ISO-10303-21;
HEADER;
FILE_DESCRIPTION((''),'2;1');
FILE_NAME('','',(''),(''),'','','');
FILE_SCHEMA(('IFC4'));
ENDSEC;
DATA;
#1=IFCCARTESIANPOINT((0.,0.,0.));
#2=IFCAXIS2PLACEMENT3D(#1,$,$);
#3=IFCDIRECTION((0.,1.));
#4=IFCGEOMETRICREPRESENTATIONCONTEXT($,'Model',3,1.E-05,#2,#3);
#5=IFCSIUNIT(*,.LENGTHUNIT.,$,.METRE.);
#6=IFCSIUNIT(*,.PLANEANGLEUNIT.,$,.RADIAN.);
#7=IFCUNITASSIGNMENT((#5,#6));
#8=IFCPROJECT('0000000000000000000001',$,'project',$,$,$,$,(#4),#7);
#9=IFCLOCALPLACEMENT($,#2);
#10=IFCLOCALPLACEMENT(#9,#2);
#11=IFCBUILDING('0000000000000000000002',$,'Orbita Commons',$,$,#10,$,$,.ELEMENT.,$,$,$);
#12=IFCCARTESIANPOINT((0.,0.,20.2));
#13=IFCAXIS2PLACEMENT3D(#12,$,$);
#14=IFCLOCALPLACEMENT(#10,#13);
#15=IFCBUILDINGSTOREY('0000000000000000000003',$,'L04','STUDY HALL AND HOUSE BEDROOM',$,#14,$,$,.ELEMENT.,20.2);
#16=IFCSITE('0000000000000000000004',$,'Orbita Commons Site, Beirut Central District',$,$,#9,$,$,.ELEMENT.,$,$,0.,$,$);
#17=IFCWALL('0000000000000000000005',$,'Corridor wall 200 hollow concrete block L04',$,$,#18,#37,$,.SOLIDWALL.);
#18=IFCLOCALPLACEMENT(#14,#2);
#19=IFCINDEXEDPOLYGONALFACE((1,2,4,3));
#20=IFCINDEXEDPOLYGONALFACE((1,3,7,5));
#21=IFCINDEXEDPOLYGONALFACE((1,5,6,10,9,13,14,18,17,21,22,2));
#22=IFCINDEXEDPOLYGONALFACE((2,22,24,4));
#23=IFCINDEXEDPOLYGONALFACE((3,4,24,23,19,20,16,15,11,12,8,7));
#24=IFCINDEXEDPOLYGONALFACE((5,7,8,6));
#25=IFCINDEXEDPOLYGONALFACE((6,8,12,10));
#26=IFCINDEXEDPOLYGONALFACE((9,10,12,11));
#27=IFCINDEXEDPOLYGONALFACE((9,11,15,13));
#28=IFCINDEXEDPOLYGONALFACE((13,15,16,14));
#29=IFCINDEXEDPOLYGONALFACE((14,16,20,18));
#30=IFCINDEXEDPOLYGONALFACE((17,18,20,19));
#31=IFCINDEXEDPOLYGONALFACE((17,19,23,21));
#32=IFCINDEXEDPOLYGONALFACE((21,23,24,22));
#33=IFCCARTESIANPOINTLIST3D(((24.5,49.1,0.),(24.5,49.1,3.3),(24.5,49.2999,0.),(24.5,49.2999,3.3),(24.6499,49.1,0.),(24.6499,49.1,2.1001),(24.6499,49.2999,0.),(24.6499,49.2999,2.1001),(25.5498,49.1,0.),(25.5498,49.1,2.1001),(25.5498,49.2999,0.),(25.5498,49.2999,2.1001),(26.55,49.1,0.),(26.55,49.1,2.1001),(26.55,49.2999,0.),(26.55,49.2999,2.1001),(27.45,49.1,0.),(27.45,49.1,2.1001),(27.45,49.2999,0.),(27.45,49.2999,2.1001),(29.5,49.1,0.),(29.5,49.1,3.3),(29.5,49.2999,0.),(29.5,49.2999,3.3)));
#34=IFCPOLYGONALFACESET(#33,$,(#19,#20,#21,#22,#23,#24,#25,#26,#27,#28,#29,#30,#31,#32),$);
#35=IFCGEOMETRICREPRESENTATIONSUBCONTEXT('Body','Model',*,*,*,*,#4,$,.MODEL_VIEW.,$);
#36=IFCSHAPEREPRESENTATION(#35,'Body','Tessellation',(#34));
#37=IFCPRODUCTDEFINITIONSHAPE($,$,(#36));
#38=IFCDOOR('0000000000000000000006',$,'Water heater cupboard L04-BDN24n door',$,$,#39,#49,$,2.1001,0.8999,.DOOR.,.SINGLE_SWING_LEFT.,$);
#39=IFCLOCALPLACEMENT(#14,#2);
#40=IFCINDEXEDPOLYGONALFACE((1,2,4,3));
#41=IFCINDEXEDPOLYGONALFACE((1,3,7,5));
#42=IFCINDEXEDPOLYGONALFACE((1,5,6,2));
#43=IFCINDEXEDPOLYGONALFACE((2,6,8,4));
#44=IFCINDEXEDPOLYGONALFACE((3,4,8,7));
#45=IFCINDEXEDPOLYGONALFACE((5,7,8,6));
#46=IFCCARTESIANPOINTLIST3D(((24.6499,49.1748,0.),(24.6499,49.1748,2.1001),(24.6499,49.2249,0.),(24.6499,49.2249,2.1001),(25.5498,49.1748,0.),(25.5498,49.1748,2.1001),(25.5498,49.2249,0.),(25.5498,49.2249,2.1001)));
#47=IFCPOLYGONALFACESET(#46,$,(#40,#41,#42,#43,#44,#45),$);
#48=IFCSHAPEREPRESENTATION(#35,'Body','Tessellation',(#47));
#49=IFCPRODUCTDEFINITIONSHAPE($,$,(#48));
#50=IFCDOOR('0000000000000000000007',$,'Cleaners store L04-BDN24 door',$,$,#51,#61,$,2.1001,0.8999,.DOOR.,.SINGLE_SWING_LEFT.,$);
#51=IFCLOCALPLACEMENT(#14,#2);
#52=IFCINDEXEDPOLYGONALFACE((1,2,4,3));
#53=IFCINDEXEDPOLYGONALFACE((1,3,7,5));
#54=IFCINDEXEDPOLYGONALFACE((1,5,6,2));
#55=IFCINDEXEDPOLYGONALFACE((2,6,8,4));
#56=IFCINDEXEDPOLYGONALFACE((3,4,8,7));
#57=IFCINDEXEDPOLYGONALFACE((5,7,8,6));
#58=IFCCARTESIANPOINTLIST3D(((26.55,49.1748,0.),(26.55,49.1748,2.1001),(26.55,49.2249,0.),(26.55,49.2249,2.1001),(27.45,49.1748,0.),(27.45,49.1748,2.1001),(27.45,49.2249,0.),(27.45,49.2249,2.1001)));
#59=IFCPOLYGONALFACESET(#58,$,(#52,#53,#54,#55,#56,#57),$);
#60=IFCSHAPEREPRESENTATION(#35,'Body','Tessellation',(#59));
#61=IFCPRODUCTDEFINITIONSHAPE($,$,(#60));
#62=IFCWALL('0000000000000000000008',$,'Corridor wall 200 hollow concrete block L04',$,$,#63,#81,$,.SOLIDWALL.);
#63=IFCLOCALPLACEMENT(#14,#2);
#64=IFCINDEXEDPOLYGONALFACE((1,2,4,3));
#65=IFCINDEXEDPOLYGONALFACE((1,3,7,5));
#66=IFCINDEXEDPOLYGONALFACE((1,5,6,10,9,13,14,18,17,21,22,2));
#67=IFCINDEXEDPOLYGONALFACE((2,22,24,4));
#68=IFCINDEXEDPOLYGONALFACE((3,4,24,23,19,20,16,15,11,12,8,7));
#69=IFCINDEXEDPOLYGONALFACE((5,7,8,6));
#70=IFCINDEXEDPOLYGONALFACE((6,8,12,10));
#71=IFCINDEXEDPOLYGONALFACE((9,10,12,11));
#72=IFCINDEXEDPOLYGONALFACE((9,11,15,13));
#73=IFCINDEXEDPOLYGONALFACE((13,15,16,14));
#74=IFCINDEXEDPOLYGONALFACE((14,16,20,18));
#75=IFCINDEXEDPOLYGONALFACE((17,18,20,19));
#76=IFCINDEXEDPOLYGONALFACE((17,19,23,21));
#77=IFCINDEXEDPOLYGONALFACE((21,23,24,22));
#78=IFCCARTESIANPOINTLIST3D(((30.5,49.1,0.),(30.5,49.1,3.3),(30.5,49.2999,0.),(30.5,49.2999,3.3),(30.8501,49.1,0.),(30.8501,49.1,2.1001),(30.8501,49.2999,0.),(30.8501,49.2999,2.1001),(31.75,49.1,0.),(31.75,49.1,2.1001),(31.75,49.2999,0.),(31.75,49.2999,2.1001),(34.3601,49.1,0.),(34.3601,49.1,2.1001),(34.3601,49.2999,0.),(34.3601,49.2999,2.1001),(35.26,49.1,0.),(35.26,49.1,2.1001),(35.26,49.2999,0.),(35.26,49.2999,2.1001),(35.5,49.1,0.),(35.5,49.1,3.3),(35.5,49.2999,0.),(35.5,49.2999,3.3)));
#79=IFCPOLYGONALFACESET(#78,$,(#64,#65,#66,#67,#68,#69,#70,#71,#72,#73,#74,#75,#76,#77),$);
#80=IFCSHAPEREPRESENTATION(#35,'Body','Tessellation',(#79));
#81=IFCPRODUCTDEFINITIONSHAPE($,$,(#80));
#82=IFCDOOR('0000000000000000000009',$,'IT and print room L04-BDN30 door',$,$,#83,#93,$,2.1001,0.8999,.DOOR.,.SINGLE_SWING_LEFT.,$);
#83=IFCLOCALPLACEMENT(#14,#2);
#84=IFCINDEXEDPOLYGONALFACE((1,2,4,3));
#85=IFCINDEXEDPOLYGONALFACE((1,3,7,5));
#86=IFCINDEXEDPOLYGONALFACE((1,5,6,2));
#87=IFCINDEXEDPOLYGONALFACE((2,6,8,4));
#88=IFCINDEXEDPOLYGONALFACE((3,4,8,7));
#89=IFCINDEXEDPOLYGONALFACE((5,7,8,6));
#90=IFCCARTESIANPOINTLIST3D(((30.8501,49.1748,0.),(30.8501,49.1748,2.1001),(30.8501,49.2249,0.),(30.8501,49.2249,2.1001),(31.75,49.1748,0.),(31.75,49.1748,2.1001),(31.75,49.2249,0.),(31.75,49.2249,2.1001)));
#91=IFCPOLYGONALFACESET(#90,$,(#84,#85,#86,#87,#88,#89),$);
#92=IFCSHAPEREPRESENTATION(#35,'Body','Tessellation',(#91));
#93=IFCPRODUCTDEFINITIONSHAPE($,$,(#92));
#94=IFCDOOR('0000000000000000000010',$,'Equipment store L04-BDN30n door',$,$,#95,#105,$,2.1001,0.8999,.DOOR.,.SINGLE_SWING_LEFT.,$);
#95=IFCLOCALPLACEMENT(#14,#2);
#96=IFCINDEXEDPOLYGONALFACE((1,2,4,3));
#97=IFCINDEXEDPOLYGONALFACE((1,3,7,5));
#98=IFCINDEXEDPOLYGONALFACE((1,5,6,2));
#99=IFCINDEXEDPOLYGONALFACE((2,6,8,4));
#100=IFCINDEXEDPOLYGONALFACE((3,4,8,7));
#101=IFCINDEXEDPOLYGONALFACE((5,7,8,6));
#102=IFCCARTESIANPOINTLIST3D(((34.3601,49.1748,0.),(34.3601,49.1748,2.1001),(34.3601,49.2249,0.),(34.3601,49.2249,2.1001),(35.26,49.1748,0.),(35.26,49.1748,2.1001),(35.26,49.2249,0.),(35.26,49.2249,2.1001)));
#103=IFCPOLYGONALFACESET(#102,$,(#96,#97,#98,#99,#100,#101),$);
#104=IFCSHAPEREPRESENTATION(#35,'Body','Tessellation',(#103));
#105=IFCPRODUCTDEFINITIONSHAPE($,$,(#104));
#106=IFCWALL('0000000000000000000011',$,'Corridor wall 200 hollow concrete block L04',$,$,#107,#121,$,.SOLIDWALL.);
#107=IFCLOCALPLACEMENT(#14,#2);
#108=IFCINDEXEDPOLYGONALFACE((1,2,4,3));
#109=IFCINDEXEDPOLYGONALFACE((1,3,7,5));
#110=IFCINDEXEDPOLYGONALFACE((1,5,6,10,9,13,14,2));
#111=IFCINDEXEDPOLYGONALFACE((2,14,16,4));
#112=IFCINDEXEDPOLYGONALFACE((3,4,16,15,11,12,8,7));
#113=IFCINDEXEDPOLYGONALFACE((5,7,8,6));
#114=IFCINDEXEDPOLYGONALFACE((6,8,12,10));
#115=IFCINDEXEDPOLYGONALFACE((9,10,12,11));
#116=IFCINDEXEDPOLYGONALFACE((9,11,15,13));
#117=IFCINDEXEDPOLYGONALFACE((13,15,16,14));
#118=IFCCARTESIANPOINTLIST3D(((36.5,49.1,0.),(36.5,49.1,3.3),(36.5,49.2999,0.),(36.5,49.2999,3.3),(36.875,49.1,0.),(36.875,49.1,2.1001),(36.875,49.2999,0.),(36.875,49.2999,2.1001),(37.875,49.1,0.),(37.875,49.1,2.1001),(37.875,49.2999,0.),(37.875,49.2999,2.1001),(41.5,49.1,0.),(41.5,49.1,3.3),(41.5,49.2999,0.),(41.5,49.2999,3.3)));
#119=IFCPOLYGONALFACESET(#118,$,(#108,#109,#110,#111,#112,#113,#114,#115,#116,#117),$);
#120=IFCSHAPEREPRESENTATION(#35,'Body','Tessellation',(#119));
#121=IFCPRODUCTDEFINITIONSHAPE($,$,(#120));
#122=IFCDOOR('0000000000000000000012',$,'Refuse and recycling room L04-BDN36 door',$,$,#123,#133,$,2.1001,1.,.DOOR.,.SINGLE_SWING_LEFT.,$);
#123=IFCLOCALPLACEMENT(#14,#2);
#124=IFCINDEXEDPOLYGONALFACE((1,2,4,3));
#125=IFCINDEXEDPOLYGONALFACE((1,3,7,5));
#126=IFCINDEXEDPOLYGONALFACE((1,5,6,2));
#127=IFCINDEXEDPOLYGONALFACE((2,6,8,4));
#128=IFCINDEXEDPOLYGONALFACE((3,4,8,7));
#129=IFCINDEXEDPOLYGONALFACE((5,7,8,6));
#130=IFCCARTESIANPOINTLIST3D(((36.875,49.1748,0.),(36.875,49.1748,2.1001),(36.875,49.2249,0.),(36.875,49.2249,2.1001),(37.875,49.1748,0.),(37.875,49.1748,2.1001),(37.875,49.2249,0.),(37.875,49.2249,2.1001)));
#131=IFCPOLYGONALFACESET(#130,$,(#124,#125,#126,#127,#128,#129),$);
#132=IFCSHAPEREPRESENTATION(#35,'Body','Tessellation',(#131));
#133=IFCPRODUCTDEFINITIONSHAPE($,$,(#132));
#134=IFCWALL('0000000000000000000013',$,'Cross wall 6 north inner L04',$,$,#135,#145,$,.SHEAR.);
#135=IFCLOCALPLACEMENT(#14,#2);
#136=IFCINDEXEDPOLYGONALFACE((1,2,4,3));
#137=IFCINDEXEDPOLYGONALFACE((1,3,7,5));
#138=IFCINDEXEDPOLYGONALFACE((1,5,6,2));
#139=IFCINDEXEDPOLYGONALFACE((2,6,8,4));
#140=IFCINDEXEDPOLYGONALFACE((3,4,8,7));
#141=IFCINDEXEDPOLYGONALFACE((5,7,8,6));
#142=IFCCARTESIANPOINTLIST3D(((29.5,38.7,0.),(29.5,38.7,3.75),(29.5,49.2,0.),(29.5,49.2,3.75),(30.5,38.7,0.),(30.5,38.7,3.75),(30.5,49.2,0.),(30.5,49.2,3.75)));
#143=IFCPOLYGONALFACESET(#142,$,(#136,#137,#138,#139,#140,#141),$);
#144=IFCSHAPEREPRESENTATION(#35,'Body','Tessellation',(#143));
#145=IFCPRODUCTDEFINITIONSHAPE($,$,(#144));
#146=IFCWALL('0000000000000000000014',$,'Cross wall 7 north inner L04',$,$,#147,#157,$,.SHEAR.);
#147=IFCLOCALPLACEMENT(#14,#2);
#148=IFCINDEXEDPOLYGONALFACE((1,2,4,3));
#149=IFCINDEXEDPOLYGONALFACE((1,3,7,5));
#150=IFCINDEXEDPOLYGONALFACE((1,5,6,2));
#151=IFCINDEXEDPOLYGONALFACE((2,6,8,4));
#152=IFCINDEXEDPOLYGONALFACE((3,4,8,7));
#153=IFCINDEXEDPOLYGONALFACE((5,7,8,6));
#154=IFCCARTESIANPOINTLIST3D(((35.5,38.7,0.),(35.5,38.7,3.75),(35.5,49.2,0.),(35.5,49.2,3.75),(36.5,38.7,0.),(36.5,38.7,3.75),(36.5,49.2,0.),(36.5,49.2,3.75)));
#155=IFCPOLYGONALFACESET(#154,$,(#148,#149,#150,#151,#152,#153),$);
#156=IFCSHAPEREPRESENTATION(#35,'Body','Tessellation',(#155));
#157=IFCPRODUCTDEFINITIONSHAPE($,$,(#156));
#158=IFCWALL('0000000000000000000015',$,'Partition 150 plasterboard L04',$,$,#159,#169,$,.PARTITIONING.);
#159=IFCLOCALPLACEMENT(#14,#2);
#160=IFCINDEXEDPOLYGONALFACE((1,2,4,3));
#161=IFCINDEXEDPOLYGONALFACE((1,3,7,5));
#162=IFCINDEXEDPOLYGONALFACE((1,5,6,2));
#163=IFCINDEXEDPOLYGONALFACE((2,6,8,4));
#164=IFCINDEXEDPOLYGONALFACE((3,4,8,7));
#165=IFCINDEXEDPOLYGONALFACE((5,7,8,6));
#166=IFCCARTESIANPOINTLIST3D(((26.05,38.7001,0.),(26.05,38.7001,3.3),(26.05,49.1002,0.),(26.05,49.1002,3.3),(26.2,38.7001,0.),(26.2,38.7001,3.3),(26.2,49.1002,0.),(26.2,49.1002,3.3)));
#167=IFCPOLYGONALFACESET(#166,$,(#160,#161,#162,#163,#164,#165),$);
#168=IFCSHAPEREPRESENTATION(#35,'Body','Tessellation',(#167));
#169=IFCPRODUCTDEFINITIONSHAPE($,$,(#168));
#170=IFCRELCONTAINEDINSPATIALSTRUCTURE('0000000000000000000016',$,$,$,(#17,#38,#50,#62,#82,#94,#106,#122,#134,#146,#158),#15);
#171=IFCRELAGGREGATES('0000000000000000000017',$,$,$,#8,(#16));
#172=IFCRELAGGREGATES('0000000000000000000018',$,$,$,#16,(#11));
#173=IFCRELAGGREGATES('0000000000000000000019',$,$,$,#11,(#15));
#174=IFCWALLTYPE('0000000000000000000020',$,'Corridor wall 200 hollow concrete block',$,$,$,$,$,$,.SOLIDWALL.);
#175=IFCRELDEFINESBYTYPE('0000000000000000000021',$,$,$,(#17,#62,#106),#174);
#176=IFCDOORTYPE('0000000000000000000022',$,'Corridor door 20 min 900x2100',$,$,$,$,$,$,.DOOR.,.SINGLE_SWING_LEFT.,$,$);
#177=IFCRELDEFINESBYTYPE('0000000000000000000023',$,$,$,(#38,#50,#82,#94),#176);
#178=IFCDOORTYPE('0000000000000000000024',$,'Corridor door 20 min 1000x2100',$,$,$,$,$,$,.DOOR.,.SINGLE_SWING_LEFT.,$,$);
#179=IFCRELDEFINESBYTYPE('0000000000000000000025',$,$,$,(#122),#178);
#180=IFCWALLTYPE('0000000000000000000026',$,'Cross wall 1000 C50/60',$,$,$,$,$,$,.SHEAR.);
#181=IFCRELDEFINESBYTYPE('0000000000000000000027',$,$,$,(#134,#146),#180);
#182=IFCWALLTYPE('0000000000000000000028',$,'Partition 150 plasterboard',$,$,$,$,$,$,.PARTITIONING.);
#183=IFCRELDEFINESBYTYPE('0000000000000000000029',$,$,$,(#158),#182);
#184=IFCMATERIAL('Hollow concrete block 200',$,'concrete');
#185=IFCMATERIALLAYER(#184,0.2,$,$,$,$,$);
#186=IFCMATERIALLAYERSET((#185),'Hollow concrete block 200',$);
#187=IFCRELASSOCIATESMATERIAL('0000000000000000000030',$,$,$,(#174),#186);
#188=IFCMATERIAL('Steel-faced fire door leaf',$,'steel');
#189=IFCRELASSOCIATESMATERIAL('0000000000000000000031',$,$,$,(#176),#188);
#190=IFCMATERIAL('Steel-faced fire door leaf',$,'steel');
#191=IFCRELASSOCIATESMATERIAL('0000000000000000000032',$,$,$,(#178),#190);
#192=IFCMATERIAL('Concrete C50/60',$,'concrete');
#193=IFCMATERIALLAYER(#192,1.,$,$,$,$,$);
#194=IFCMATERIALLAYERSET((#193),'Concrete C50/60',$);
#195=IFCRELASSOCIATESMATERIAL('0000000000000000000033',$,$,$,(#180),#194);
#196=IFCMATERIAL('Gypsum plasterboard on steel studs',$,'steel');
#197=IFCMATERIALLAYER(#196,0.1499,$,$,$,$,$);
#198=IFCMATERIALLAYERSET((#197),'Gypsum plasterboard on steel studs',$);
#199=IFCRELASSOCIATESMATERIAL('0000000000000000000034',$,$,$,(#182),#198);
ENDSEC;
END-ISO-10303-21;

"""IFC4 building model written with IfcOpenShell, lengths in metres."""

from ifc_helpers import new_model, si_unit, direction, frame, frame_2d, origin, place, context, subcontext, project, spatial, rectangle, extrude, material, layer, layer_set, type_object, element, fill, save


model = new_model("IFC4")

# Units and contexts
model_context = context("Model", 3, precision=1e-05, world=origin(), true_north=direction((0.0, 1.0)))
body_context = subcontext(model_context, "Body", "Model", "MODEL_VIEW")
ifc_project = project(units=[si_unit("LENGTHUNIT", "METRE"), si_unit("PLANEANGLEUNIT", "RADIAN")], contexts=[model_context])

# Site, building, storey
site_placement = place(None, origin())
site = spatial("IfcSite", under=ifc_project, at=site_placement, Name="Orbita Commons Site, Beirut Central District", CompositionType="ELEMENT", RefElevation=0.0)
building_placement = place(site_placement, origin())
building = spatial("IfcBuilding", under=site, at=building_placement, Name="Orbita Commons", CompositionType="ELEMENT")
storey_placement = place(building_placement, frame((0.0, 0.0, 20.2)))
storey = spatial("IfcBuildingStorey", under=building, at=storey_placement, Name="L04", Description="STUDY HALL AND HOUSE BEDROOM", CompositionType="ELEMENT", Elevation=20.2)

# Walls, openings, doors
ifc_material_1 = material(Name="Hollow concrete block 200", Category="concrete")
ifc_layer_1 = layer(ifc_material_1, 0.2)
ifc_layer_set_1 = layer_set([ifc_layer_1], Name="Hollow concrete block 200")
wall_type_1 = type_object("IfcWallType", Name="Corridor wall 200 hollow concrete block", PredefinedType="SOLIDWALL", material=ifc_layer_set_1)
wall_1_placement = place(storey_placement, frame((24.5, 49.2, 0.0), z_axis=(0.0, 0.0, 1.0), x_axis=(1.0, 0.0, 0.0)))
wall_1 = element("IfcWall", 1, at=wall_1_placement, inside=storey, type_object=wall_type_1, Name="Corridor wall 200 hollow concrete block L04", PredefinedType="SOLIDWALL", context=body_context, shape_type="SweptSolid", body=[
    extrude(rectangle(XDim=5.0, YDim=0.2, at=frame_2d((2.5, 0.0))), origin(), (0.0, 0.0, 1.0), 3.3),
])
opening_1_placement = place(wall_1_placement, frame((0.1499, 0.0, 0.0)))
opening_1 = element("IfcOpeningElement", 2, at=opening_1_placement, cuts=wall_1, PredefinedType="OPENING", context=body_context, shape_type="SweptSolid", body=[
    extrude(rectangle(XDim=0.8999, YDim=2.1001, at=frame_2d((0.45, 1.05))), frame((0.0, 0.1099, 0.0), z_axis=(0.0, -1.0, 0.0), x_axis=(1.0, 0.0, 0.0)), (0.0, 0.0, 1.0), 0.22),
])
opening_2_placement = place(wall_1_placement, frame((2.05, 0.0, 0.0)))
opening_2 = element("IfcOpeningElement", 3, at=opening_2_placement, cuts=wall_1, PredefinedType="OPENING", context=body_context, shape_type="SweptSolid", body=[
    extrude(rectangle(XDim=0.8999, YDim=2.1001, at=frame_2d((0.45, 1.05))), frame((0.0, 0.1099, 0.0), z_axis=(0.0, -1.0, 0.0), x_axis=(1.0, 0.0, 0.0)), (0.0, 0.0, 1.0), 0.22),
])
ifc_material_2 = material(Name="Steel-faced fire door leaf", Category="steel")
door_type_1 = type_object("IfcDoorType", Name="Corridor door 20 min 900x2100", OperationType="SINGLE_SWING_LEFT", PredefinedType="DOOR", material=ifc_material_2)
door_1_placement = place(opening_1_placement, origin())
door_1 = element("IfcDoor", 4, at=door_1_placement, inside=storey, type_object=door_type_1, Name="Water heater cupboard L04-BDN24n door", OperationType="SINGLE_SWING_LEFT", OverallHeight=2.1001, OverallWidth=0.8999, PredefinedType="DOOR", context=body_context, shape_type="SweptSolid", body=[
    extrude(rectangle(XDim=0.8999, YDim=2.1001, at=frame_2d((0.45, 1.05))), frame((0.0, 0.0249, 0.0), z_axis=(0.0, -1.0, 0.0), x_axis=(1.0, 0.0, 0.0)), (0.0, 0.0, 1.0), 0.05),
])
fill(opening_1, door_1)
door_2_placement = place(opening_2_placement, origin())
door_2 = element("IfcDoor", 5, at=door_2_placement, inside=storey, type_object=door_type_1, Name="Cleaners store L04-BDN24 door", OperationType="SINGLE_SWING_LEFT", OverallHeight=2.1001, OverallWidth=0.8999, PredefinedType="DOOR", context=body_context, shape_type="SweptSolid", body=[
    extrude(rectangle(XDim=0.8999, YDim=2.1001, at=frame_2d((0.45, 1.05))), frame((0.0, 0.0249, 0.0), z_axis=(0.0, -1.0, 0.0), x_axis=(1.0, 0.0, 0.0)), (0.0, 0.0, 1.0), 0.05),
])
fill(opening_2, door_2)
wall_2_placement = place(storey_placement, frame((30.5, 49.2, 0.0), z_axis=(0.0, 0.0, 1.0), x_axis=(1.0, 0.0, 0.0)))
wall_2 = element("IfcWall", 6, at=wall_2_placement, inside=storey, type_object=wall_type_1, Name="Corridor wall 200 hollow concrete block L04", PredefinedType="SOLIDWALL", context=body_context, shape_type="SweptSolid", body=[
    extrude(rectangle(XDim=5.0, YDim=0.2, at=frame_2d((2.5, 0.0))), origin(), (0.0, 0.0, 1.0), 3.3),
])
opening_3_placement = place(wall_2_placement, frame((0.3501, 0.0, 0.0)))
opening_3 = element("IfcOpeningElement", 7, at=opening_3_placement, cuts=wall_2, PredefinedType="OPENING", context=body_context, shape_type="SweptSolid", body=[
    extrude(rectangle(XDim=0.8999, YDim=2.1001, at=frame_2d((0.45, 1.05))), frame((0.0, 0.1099, 0.0), z_axis=(0.0, -1.0, 0.0), x_axis=(1.0, 0.0, 0.0)), (0.0, 0.0, 1.0), 0.22),
])
opening_4_placement = place(wall_2_placement, frame((3.8601, 0.0, 0.0)))
opening_4 = element("IfcOpeningElement", 8, at=opening_4_placement, cuts=wall_2, PredefinedType="OPENING", context=body_context, shape_type="SweptSolid", body=[
    extrude(rectangle(XDim=0.8999, YDim=2.1001, at=frame_2d((0.45, 1.05))), frame((0.0, 0.1099, 0.0), z_axis=(0.0, -1.0, 0.0), x_axis=(1.0, 0.0, 0.0)), (0.0, 0.0, 1.0), 0.22),
])
door_3_placement = place(opening_3_placement, origin())
door_3 = element("IfcDoor", 9, at=door_3_placement, inside=storey, type_object=door_type_1, Name="IT and print room L04-BDN30 door", OperationType="SINGLE_SWING_LEFT", OverallHeight=2.1001, OverallWidth=0.8999, PredefinedType="DOOR", context=body_context, shape_type="SweptSolid", body=[
    extrude(rectangle(XDim=0.8999, YDim=2.1001, at=frame_2d((0.45, 1.05))), frame((0.0, 0.0249, 0.0), z_axis=(0.0, -1.0, 0.0), x_axis=(1.0, 0.0, 0.0)), (0.0, 0.0, 1.0), 0.05),
])
fill(opening_3, door_3)
door_4_placement = place(opening_4_placement, origin())
door_4 = element("IfcDoor", 10, at=door_4_placement, inside=storey, type_object=door_type_1, Name="Equipment store L04-BDN30n door", OperationType="SINGLE_SWING_LEFT", OverallHeight=2.1001, OverallWidth=0.8999, PredefinedType="DOOR", context=body_context, shape_type="SweptSolid", body=[
    extrude(rectangle(XDim=0.8999, YDim=2.1001, at=frame_2d((0.45, 1.05))), frame((0.0, 0.0249, 0.0), z_axis=(0.0, -1.0, 0.0), x_axis=(1.0, 0.0, 0.0)), (0.0, 0.0, 1.0), 0.05),
])
fill(opening_4, door_4)

# Wall, opening, door
wall_3_placement = place(storey_placement, frame((36.5, 49.2, 0.0), z_axis=(0.0, 0.0, 1.0), x_axis=(1.0, 0.0, 0.0)))
wall_3 = element("IfcWall", 11, at=wall_3_placement, inside=storey, type_object=wall_type_1, Name="Corridor wall 200 hollow concrete block L04", PredefinedType="SOLIDWALL", context=body_context, shape_type="SweptSolid", body=[
    extrude(rectangle(XDim=5.0, YDim=0.2, at=frame_2d((2.5, 0.0))), origin(), (0.0, 0.0, 1.0), 3.3),
])
opening_5_placement = place(wall_3_placement, frame((0.375, 0.0, 0.0)))
opening_5 = element("IfcOpeningElement", 12, at=opening_5_placement, cuts=wall_3, PredefinedType="OPENING", context=body_context, shape_type="SweptSolid", body=[
    extrude(rectangle(XDim=1.0, YDim=2.1001, at=frame_2d((0.5, 1.05))), frame((0.0, 0.1099, 0.0), z_axis=(0.0, -1.0, 0.0), x_axis=(1.0, 0.0, 0.0)), (0.0, 0.0, 1.0), 0.22),
])
ifc_material_3 = material(Name="Steel-faced fire door leaf", Category="steel")
door_type_2 = type_object("IfcDoorType", Name="Corridor door 20 min 1000x2100", OperationType="SINGLE_SWING_LEFT", PredefinedType="DOOR", material=ifc_material_3)
door_5_placement = place(opening_5_placement, origin())
door_5 = element("IfcDoor", 13, at=door_5_placement, inside=storey, type_object=door_type_2, Name="Refuse and recycling room L04-BDN36 door", OperationType="SINGLE_SWING_LEFT", OverallHeight=2.1001, OverallWidth=1.0, PredefinedType="DOOR", context=body_context, shape_type="SweptSolid", body=[
    extrude(rectangle(XDim=1.0, YDim=2.1001, at=frame_2d((0.5, 1.05))), frame((0.0, 0.0249, 0.0), z_axis=(0.0, -1.0, 0.0), x_axis=(1.0, 0.0, 0.0)), (0.0, 0.0, 1.0), 0.05),
])
fill(opening_5, door_5)

# Walls
ifc_material_4 = material(Name="Concrete C50/60", Category="concrete")
ifc_layer_2 = layer(ifc_material_4, 1.0)
ifc_layer_set_2 = layer_set([ifc_layer_2], Name="Concrete C50/60")
wall_type_2 = type_object("IfcWallType", Name="Cross wall 1000 C50/60", PredefinedType="SHEAR", material=ifc_layer_set_2)
for number, where, z_axis, x_axis, name in (
    (14, (30.0, 38.7, 0.0), (0.0, 0.0, 1.0), (0.0, 1.0, 0.0), "Cross wall 6 north inner L04"),
    (15, (36.0, 38.7, 0.0), (0.0, 0.0, 1.0), (0.0, 1.0, 0.0), "Cross wall 7 north inner L04"),
):
    element("IfcWall", number, at=place(storey_placement, frame(where, z_axis=z_axis, x_axis=x_axis)), inside=storey, type_object=wall_type_2, Name=name, PredefinedType="SHEAR", context=body_context, shape_type="SweptSolid", body=[
        extrude(rectangle(XDim=10.5, YDim=1.0, at=frame_2d((5.25, 0.0))), origin(), (0.0, 0.0, 1.0), 3.75),
    ])
ifc_material_5 = material(Name="Gypsum plasterboard on steel studs", Category="steel")
ifc_layer_3 = layer(ifc_material_5, 0.1499)
ifc_layer_set_3 = layer_set([ifc_layer_3], Name="Gypsum plasterboard on steel studs")
wall_type_3 = type_object("IfcWallType", Name="Partition 150 plasterboard", PredefinedType="PARTITIONING", material=ifc_layer_set_3)
for number, where, z_axis, x_axis, name in (
    (16, (26.125, 38.7, 0.0), (0.0, 0.0, 1.0), (0.0, 1.0, 0.0), "Partition 150 plasterboard L04"),
):
    element("IfcWall", number, at=place(storey_placement, frame(where, z_axis=z_axis, x_axis=x_axis)), inside=storey, type_object=wall_type_3, Name=name, PredefinedType="PARTITIONING", context=body_context, shape_type="SweptSolid", body=[
        extrude(rectangle(XDim=10.4001, YDim=0.1499, at=frame_2d((5.2002, 0.0))), origin(), (0.0, 0.0, 1.0), 3.3),
    ])

save(model, "model.ifc")
